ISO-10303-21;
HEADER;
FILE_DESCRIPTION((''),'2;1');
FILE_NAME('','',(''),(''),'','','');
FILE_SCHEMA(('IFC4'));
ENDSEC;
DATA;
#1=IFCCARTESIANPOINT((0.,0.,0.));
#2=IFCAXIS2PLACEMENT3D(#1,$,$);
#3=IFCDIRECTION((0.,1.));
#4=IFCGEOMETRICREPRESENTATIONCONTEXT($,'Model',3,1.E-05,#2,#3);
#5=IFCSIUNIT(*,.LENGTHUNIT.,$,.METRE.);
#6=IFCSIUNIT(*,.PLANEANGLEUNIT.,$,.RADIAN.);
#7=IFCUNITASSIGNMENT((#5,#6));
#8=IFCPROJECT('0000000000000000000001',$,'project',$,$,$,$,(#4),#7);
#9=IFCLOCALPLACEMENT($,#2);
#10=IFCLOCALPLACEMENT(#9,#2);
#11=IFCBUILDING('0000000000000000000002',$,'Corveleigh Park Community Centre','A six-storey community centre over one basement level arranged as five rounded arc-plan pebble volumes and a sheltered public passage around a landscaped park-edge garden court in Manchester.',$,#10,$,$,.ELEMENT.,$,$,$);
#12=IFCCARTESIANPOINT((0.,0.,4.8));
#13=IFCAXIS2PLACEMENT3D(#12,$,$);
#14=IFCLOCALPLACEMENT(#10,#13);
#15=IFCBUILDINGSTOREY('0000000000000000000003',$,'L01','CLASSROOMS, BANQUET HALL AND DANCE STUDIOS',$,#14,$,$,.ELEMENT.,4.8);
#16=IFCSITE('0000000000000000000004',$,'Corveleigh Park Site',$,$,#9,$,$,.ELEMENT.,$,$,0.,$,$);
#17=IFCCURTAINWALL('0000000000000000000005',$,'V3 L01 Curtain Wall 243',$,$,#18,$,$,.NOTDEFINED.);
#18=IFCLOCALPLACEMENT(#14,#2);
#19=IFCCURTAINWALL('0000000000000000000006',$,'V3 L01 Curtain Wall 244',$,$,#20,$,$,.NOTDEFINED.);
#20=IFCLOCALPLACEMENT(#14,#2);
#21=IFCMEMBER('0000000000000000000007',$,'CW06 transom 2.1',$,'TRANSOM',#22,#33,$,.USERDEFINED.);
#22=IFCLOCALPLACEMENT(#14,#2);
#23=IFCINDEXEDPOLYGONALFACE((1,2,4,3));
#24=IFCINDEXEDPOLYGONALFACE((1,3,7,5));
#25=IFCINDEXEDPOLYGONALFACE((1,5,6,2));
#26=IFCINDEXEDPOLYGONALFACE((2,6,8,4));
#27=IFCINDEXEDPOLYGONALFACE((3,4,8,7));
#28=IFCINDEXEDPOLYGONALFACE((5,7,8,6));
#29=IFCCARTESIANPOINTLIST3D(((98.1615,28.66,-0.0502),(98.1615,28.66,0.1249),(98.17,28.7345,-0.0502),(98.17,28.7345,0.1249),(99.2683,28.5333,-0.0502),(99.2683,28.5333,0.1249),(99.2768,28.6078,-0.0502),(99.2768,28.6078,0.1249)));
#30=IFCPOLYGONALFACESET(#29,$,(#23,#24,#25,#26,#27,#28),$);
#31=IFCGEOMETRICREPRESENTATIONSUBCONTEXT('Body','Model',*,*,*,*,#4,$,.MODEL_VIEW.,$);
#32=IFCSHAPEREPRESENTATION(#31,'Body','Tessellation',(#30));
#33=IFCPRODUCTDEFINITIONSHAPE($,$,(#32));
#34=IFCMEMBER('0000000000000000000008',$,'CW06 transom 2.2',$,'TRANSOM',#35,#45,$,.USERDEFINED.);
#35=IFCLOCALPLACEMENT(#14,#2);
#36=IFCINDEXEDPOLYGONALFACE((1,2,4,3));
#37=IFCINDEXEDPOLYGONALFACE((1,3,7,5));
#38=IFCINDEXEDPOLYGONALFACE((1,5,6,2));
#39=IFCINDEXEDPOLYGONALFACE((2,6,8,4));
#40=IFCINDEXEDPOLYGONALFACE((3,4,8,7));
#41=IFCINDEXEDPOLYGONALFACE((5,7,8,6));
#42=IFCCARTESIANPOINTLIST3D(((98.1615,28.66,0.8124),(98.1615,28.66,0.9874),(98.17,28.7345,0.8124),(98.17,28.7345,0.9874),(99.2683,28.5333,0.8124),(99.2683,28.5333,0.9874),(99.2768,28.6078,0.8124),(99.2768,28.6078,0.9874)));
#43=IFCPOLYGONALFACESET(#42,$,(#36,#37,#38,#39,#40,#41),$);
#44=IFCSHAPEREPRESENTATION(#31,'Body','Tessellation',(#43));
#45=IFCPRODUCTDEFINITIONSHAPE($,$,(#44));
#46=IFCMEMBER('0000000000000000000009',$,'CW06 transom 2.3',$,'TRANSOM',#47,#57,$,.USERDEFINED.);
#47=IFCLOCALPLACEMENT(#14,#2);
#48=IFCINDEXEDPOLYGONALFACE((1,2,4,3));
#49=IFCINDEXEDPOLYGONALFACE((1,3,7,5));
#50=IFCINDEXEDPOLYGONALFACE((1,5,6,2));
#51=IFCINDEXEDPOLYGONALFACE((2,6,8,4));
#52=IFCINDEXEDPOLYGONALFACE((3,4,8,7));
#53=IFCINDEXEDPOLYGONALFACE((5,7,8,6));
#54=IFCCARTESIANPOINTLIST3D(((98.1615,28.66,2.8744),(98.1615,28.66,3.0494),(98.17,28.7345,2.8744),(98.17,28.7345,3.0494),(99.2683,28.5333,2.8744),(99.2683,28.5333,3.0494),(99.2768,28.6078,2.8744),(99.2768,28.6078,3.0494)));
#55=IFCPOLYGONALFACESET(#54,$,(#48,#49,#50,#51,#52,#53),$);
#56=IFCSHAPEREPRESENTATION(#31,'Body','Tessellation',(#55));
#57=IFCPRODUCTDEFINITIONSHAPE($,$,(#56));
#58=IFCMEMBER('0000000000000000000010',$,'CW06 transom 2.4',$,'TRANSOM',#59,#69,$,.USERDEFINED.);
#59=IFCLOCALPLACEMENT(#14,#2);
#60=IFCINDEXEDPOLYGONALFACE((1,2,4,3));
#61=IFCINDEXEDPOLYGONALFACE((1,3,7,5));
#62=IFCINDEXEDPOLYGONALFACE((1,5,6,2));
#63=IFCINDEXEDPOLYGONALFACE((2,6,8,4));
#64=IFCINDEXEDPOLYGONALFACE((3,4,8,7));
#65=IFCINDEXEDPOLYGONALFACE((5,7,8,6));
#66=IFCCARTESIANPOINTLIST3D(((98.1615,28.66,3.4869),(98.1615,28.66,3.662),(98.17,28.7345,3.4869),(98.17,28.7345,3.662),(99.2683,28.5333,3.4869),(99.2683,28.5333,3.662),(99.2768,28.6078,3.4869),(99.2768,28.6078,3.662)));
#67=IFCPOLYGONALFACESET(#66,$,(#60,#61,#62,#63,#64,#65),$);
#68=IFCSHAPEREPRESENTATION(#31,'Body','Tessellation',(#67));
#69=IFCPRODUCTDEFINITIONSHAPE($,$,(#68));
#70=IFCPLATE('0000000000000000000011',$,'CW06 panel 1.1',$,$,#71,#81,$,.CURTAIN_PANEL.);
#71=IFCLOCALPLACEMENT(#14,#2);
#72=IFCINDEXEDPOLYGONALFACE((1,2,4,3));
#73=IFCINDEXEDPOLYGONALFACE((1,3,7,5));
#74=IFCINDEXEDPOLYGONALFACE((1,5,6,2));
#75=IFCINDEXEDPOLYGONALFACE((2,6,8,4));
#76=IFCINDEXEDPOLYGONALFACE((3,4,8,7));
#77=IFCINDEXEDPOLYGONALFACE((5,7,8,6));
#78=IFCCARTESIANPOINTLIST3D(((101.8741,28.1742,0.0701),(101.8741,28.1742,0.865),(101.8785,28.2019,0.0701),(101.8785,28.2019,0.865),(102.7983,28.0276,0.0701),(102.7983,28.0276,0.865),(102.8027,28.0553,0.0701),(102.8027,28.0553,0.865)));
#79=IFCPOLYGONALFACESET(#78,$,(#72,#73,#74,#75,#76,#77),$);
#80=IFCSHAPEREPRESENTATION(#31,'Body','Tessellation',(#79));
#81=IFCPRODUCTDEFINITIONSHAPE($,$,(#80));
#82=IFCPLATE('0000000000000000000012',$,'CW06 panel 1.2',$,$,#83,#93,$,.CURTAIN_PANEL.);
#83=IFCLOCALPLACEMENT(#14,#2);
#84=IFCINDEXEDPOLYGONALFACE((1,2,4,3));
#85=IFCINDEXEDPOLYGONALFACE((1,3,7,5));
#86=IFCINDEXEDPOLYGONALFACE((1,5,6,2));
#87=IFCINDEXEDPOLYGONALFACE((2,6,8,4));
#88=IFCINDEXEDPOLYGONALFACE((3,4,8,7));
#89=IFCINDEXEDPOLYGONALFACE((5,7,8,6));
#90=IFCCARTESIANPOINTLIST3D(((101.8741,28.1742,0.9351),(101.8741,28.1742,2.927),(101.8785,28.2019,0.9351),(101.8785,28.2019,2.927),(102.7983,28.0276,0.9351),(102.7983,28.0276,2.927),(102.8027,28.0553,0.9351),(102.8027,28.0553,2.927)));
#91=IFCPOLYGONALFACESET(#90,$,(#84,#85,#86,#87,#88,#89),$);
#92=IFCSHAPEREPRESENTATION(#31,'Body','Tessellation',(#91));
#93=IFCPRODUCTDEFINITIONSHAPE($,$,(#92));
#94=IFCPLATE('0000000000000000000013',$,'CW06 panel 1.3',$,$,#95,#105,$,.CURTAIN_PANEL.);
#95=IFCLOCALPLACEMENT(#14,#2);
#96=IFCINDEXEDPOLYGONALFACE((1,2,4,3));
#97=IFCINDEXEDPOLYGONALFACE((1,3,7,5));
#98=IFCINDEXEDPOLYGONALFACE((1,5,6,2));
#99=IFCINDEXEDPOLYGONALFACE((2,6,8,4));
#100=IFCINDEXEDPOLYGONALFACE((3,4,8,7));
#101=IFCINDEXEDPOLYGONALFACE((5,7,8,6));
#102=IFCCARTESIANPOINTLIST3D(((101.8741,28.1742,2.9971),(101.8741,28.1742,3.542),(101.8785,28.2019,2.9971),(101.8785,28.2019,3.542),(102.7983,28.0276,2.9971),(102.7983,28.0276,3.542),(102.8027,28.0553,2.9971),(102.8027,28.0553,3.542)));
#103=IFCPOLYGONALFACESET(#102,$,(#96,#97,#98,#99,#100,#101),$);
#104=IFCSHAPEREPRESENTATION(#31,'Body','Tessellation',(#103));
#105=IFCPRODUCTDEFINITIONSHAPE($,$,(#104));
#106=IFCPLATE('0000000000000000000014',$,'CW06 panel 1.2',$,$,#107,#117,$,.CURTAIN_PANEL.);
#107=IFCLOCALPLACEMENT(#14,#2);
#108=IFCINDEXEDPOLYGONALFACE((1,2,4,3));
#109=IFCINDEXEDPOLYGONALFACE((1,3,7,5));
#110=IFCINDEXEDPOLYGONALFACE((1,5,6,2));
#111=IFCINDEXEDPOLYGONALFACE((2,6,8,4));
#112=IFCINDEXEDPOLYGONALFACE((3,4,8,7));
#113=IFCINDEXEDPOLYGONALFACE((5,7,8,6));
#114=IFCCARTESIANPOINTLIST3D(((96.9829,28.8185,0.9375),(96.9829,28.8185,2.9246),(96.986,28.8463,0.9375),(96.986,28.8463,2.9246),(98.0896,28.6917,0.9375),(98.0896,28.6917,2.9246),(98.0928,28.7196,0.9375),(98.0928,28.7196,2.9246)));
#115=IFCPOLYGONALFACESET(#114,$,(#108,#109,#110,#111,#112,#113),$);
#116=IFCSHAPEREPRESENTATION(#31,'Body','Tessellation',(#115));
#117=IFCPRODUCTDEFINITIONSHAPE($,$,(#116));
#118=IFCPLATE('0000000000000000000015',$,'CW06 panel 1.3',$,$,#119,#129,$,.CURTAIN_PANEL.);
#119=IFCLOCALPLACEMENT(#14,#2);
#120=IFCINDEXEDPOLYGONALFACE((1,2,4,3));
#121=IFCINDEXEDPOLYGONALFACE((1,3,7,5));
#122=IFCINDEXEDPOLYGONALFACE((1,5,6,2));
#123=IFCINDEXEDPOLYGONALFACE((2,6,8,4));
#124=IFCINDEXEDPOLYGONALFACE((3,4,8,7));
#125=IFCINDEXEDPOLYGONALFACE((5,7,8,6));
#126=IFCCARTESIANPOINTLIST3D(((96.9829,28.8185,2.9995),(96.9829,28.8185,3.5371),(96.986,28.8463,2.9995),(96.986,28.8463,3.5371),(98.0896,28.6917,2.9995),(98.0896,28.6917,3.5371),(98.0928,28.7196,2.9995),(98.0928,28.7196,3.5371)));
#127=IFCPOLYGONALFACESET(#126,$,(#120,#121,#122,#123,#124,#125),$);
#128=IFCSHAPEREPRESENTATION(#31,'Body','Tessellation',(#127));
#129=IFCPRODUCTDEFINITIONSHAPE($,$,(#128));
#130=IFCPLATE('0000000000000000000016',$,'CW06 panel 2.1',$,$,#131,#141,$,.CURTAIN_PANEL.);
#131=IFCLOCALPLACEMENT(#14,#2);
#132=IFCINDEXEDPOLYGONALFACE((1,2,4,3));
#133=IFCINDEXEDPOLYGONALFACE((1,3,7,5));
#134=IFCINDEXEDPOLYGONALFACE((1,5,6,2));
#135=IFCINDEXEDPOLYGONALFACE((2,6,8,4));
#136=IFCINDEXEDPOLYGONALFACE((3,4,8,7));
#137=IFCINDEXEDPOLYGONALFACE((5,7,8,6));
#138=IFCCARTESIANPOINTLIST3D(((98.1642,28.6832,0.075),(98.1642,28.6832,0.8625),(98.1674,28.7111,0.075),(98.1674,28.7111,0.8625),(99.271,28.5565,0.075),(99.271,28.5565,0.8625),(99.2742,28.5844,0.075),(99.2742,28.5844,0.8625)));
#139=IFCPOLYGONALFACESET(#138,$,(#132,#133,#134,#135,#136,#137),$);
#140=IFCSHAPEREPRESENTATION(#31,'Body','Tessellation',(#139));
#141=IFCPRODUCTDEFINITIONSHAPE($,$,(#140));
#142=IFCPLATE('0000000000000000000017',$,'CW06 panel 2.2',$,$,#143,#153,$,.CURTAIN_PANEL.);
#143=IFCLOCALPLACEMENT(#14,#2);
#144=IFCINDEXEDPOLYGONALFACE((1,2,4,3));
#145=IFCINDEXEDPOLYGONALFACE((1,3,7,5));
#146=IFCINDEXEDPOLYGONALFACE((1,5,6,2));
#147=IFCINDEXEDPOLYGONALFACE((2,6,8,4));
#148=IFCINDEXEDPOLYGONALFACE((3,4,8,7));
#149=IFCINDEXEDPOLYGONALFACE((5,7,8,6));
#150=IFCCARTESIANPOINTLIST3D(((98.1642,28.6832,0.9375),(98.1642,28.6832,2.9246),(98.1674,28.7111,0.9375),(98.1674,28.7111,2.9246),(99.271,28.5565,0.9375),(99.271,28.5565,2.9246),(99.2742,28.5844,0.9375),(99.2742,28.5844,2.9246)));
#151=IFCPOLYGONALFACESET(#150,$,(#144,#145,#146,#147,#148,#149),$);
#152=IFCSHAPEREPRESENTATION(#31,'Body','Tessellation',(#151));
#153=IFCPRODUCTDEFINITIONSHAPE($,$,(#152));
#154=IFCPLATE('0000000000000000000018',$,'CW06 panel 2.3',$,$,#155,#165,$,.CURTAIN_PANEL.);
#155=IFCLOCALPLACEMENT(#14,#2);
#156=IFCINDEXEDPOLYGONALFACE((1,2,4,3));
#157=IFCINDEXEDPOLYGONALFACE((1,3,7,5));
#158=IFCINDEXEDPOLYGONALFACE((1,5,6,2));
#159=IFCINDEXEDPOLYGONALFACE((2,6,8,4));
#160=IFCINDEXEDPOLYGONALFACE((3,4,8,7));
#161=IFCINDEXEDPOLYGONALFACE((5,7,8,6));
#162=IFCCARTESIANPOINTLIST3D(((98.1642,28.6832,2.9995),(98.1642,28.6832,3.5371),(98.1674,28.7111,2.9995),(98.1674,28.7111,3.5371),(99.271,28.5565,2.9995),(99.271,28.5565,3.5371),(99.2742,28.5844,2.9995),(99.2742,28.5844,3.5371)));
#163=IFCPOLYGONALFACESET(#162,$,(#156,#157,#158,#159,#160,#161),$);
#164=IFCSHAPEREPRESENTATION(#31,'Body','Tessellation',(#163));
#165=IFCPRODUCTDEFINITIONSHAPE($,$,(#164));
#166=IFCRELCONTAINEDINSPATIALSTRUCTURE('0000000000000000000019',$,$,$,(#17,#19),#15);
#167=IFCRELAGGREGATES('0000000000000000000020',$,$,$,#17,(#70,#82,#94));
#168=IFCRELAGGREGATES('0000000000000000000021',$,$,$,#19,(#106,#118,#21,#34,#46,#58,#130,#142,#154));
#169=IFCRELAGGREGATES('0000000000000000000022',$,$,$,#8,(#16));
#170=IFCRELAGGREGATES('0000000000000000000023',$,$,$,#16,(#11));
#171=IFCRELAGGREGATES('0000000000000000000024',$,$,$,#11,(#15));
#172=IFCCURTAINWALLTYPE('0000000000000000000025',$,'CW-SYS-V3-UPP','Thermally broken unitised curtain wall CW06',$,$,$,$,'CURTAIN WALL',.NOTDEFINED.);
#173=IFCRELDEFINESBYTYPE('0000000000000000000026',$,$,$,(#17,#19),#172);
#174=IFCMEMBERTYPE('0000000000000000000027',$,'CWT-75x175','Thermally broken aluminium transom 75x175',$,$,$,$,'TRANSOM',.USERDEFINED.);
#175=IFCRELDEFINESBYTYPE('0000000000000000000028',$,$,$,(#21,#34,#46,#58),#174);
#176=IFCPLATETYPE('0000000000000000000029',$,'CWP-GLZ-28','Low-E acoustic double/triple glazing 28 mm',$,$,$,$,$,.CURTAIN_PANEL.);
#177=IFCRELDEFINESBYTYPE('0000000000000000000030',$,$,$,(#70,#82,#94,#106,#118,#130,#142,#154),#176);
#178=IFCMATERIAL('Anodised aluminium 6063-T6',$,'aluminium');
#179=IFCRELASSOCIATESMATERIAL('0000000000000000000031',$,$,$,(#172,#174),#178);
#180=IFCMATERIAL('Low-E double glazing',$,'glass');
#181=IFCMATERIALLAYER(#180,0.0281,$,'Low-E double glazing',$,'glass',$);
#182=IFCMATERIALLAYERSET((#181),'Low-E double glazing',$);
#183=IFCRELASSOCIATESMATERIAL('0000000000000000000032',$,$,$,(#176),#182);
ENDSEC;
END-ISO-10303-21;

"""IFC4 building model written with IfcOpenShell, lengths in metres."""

from ifc_helpers import new_model, si_unit, direction, frame, origin, origin_2d, place, context, subcontext, project, spatial, rectangle, extrude, material, layer, layer_set, material_profile, profile_set, type_object, element, aggregate, save


model = new_model("IFC4")

# Units and contexts
model_context = context("Model", 3, precision=1e-05, world=origin(), true_north=direction((0.0, 1.0)))
body_context = subcontext(model_context, "Body", "Model", "MODEL_VIEW")
ifc_project = project(units=[si_unit("LENGTHUNIT", "METRE"), si_unit("PLANEANGLEUNIT", "RADIAN")], contexts=[model_context])

# Site, building, storey
site_placement = place(None, origin())
site = spatial("IfcSite", under=ifc_project, at=site_placement, Name="Corveleigh Park Site", CompositionType="ELEMENT", RefElevation=0.0)
building_placement = place(site_placement, origin())
building = spatial("IfcBuilding", under=site, at=building_placement, Name="Corveleigh Park Community Centre", Description="A six-storey community centre over one basement level arranged as five rounded arc-plan pebble volumes and a sheltered public passage around a landscaped park-edge garden court in Manchester.", CompositionType="ELEMENT")
storey_placement = place(building_placement, frame((0.0, 0.0, 4.8)))
storey = spatial("IfcBuildingStorey", under=building, at=storey_placement, Name="L01", Description="CLASSROOMS, BANQUET HALL AND DANCE STUDIOS", CompositionType="ELEMENT", Elevation=4.8)

# Curtain walls
ifc_material_1 = material(Name="Anodised aluminium 6063-T6", Category="aluminium")
curtain_wall_type = type_object("IfcCurtainWallType", Name="CW-SYS-V3-UPP", Description="Thermally broken unitised curtain wall CW06", ElementType="CURTAIN WALL", PredefinedType="NOTDEFINED", material=ifc_material_1)
curtain_wall_1_placement = place(storey_placement, origin())
curtain_wall_1 = element("IfcCurtainWall", 1, at=curtain_wall_1_placement, inside=storey, type_object=curtain_wall_type, Name="V3 L01 Curtain Wall 243", PredefinedType="NOTDEFINED")
curtain_wall_2_placement = place(storey_placement, origin())
curtain_wall_2 = element("IfcCurtainWall", 2, at=curtain_wall_2_placement, inside=storey, type_object=curtain_wall_type, Name="V3 L01 Curtain Wall 244", PredefinedType="NOTDEFINED")

# Members
ifc_material_profile_1 = material_profile(ifc_material_1, rectangle(XDim=0.075, YDim=0.175, at=origin_2d()), Name="ALU-T75x175", Category="aluminium")
ifc_profile_set_1 = profile_set([ifc_material_profile_1], Name="Anodised aluminium 6063-T6")
member_type_1 = type_object("IfcMemberType", Name="CWT-75x175", Description="Thermally broken aluminium transom 75x175", ElementType="TRANSOM", PredefinedType="USERDEFINED", material=ifc_profile_set_1)
member_1_placement = place(storey_placement, frame((98.1658, 28.6973, 0.0374), z_axis=(0.993509, -0.113751, 0.0), x_axis=(0.113751, 0.993509, 0.0)))
member_1 = element("IfcMember", 3, at=member_1_placement, type_object=member_type_1, Name="CW06 transom 2.1", ObjectType="TRANSOM", PredefinedType="USERDEFINED", context=body_context, shape_type="SweptSolid", body=[
    extrude(rectangle(XDim=0.075, YDim=0.175, at=origin_2d()), origin(), (0.0, 0.0, 1.0), 1.114),
])
member_2_placement = place(storey_placement, frame((98.1658, 28.6973, 0.8999), z_axis=(0.993509, -0.113751, 0.0), x_axis=(0.113751, 0.993509, 0.0)))
member_2 = element("IfcMember", 4, at=member_2_placement, type_object=member_type_1, Name="CW06 transom 2.2", ObjectType="TRANSOM", PredefinedType="USERDEFINED", context=body_context, shape_type="SweptSolid", body=[
    extrude(rectangle(XDim=0.075, YDim=0.175, at=origin_2d()), origin(), (0.0, 0.0, 1.0), 1.114),
])
member_3_placement = place(storey_placement, frame((98.1658, 28.6973, 2.9619), z_axis=(0.993509, -0.113751, 0.0), x_axis=(0.113751, 0.993509, 0.0)))
member_3 = element("IfcMember", 5, at=member_3_placement, type_object=member_type_1, Name="CW06 transom 2.3", ObjectType="TRANSOM", PredefinedType="USERDEFINED", context=body_context, shape_type="SweptSolid", body=[
    extrude(rectangle(XDim=0.075, YDim=0.175, at=origin_2d()), origin(), (0.0, 0.0, 1.0), 1.114),
])
member_4_placement = place(storey_placement, frame((98.1658, 28.6973, 3.5745), z_axis=(0.993509, -0.113751, 0.0), x_axis=(0.113751, 0.993509, 0.0)))
member_4 = element("IfcMember", 6, at=member_4_placement, type_object=member_type_1, Name="CW06 transom 2.4", ObjectType="TRANSOM", PredefinedType="USERDEFINED", context=body_context, shape_type="SweptSolid", body=[
    extrude(rectangle(XDim=0.075, YDim=0.175, at=origin_2d()), origin(), (0.0, 0.0, 1.0), 1.114),
])

# Plates
ifc_material_2 = material(Name="Low-E double glazing", Category="glass")
ifc_layer_1 = layer(ifc_material_2, 0.0281, Name="Low-E double glazing", Category="glass")
ifc_layer_set_1 = layer_set([ifc_layer_1], Name="Low-E double glazing")
plate_type = type_object("IfcPlateType", Name="CWP-GLZ-28", Description="Low-E acoustic double/triple glazing 28 mm", PredefinedType="CURTAIN_PANEL", material=ifc_layer_set_1)
plate_1_placement = place(storey_placement, frame((102.3384, 28.1147, 0.0701), z_axis=(0.0, 0.0, 1.0), x_axis=(0.987661, -0.156604, 0.0)))
plate_1 = element("IfcPlate", 7, at=plate_1_placement, type_object=plate_type, Name="CW06 panel 1.1", PredefinedType="CURTAIN_PANEL", context=body_context, shape_type="SweptSolid", body=[
    extrude(rectangle(XDim=0.9358, YDim=0.0281, at=origin_2d()), origin(), (0.0, 0.0, 1.0), 0.7949),
])
plate_2_placement = place(storey_placement, frame((102.3384, 28.1147, 0.9351), z_axis=(0.0, 0.0, 1.0), x_axis=(0.987661, -0.156604, 0.0)))
plate_2 = element("IfcPlate", 8, at=plate_2_placement, type_object=plate_type, Name="CW06 panel 1.2", PredefinedType="CURTAIN_PANEL", context=body_context, shape_type="SweptSolid", body=[
    extrude(rectangle(XDim=0.9358, YDim=0.0281, at=origin_2d()), origin(), (0.0, 0.0, 1.0), 1.9919),
])
plate_3_placement = place(storey_placement, frame((102.3384, 28.1147, 2.9971), z_axis=(0.0, 0.0, 1.0), x_axis=(0.987661, -0.156604, 0.0)))
plate_3 = element("IfcPlate", 9, at=plate_3_placement, type_object=plate_type, Name="CW06 panel 1.3", PredefinedType="CURTAIN_PANEL", context=body_context, shape_type="SweptSolid", body=[
    extrude(rectangle(XDim=0.9358, YDim=0.0281, at=origin_2d()), origin(), (0.0, 0.0, 1.0), 0.5449),
])
aggregate(curtain_wall_1, [plate_1, plate_2, plate_3])
plate_4_placement = place(storey_placement, frame((97.5378, 28.769, 0.9375), z_axis=(0.0, 0.0, 1.0), x_axis=(0.99351, -0.113742, 0.0)))
plate_4 = element("IfcPlate", 10, at=plate_4_placement, type_object=plate_type, Name="CW06 panel 1.2", PredefinedType="CURTAIN_PANEL", context=body_context, shape_type="SweptSolid", body=[
    extrude(rectangle(XDim=1.114, YDim=0.0281, at=origin_2d()), origin(), (0.0, 0.0, 1.0), 1.9871),
])
plate_5_placement = place(storey_placement, frame((97.5378, 28.769, 2.9995), z_axis=(0.0, 0.0, 1.0), x_axis=(0.99351, -0.113742, 0.0)))
plate_5 = element("IfcPlate", 11, at=plate_5_placement, type_object=plate_type, Name="CW06 panel 1.3", PredefinedType="CURTAIN_PANEL", context=body_context, shape_type="SweptSolid", body=[
    extrude(rectangle(XDim=1.114, YDim=0.0281, at=origin_2d()), origin(), (0.0, 0.0, 1.0), 0.5376),
])
plate_6_placement = place(storey_placement, frame((98.7192, 28.6338, 0.075), z_axis=(0.0, 0.0, 1.0), x_axis=(0.99351, -0.113742, 0.0)))
plate_6 = element("IfcPlate", 12, at=plate_6_placement, type_object=plate_type, Name="CW06 panel 2.1", PredefinedType="CURTAIN_PANEL", context=body_context, shape_type="SweptSolid", body=[
    extrude(rectangle(XDim=1.114, YDim=0.0281, at=origin_2d()), origin(), (0.0, 0.0, 1.0), 0.7876),
])
plate_7_placement = place(storey_placement, frame((98.7192, 28.6338, 0.9375), z_axis=(0.0, 0.0, 1.0), x_axis=(0.99351, -0.113742, 0.0)))
plate_7 = element("IfcPlate", 13, at=plate_7_placement, type_object=plate_type, Name="CW06 panel 2.2", PredefinedType="CURTAIN_PANEL", context=body_context, shape_type="SweptSolid", body=[
    extrude(rectangle(XDim=1.114, YDim=0.0281, at=origin_2d()), origin(), (0.0, 0.0, 1.0), 1.9871),
])
plate_8_placement = place(storey_placement, frame((98.7192, 28.6338, 2.9995), z_axis=(0.0, 0.0, 1.0), x_axis=(0.99351, -0.113742, 0.0)))
plate_8 = element("IfcPlate", 14, at=plate_8_placement, type_object=plate_type, Name="CW06 panel 2.3", PredefinedType="CURTAIN_PANEL", context=body_context, shape_type="SweptSolid", body=[
    extrude(rectangle(XDim=1.114, YDim=0.0281, at=origin_2d()), origin(), (0.0, 0.0, 1.0), 0.5376),
])
aggregate(curtain_wall_2, [plate_4, plate_5, member_1, member_2, member_3, member_4, plate_6, plate_7, plate_8])

save(model, "model.ifc")
